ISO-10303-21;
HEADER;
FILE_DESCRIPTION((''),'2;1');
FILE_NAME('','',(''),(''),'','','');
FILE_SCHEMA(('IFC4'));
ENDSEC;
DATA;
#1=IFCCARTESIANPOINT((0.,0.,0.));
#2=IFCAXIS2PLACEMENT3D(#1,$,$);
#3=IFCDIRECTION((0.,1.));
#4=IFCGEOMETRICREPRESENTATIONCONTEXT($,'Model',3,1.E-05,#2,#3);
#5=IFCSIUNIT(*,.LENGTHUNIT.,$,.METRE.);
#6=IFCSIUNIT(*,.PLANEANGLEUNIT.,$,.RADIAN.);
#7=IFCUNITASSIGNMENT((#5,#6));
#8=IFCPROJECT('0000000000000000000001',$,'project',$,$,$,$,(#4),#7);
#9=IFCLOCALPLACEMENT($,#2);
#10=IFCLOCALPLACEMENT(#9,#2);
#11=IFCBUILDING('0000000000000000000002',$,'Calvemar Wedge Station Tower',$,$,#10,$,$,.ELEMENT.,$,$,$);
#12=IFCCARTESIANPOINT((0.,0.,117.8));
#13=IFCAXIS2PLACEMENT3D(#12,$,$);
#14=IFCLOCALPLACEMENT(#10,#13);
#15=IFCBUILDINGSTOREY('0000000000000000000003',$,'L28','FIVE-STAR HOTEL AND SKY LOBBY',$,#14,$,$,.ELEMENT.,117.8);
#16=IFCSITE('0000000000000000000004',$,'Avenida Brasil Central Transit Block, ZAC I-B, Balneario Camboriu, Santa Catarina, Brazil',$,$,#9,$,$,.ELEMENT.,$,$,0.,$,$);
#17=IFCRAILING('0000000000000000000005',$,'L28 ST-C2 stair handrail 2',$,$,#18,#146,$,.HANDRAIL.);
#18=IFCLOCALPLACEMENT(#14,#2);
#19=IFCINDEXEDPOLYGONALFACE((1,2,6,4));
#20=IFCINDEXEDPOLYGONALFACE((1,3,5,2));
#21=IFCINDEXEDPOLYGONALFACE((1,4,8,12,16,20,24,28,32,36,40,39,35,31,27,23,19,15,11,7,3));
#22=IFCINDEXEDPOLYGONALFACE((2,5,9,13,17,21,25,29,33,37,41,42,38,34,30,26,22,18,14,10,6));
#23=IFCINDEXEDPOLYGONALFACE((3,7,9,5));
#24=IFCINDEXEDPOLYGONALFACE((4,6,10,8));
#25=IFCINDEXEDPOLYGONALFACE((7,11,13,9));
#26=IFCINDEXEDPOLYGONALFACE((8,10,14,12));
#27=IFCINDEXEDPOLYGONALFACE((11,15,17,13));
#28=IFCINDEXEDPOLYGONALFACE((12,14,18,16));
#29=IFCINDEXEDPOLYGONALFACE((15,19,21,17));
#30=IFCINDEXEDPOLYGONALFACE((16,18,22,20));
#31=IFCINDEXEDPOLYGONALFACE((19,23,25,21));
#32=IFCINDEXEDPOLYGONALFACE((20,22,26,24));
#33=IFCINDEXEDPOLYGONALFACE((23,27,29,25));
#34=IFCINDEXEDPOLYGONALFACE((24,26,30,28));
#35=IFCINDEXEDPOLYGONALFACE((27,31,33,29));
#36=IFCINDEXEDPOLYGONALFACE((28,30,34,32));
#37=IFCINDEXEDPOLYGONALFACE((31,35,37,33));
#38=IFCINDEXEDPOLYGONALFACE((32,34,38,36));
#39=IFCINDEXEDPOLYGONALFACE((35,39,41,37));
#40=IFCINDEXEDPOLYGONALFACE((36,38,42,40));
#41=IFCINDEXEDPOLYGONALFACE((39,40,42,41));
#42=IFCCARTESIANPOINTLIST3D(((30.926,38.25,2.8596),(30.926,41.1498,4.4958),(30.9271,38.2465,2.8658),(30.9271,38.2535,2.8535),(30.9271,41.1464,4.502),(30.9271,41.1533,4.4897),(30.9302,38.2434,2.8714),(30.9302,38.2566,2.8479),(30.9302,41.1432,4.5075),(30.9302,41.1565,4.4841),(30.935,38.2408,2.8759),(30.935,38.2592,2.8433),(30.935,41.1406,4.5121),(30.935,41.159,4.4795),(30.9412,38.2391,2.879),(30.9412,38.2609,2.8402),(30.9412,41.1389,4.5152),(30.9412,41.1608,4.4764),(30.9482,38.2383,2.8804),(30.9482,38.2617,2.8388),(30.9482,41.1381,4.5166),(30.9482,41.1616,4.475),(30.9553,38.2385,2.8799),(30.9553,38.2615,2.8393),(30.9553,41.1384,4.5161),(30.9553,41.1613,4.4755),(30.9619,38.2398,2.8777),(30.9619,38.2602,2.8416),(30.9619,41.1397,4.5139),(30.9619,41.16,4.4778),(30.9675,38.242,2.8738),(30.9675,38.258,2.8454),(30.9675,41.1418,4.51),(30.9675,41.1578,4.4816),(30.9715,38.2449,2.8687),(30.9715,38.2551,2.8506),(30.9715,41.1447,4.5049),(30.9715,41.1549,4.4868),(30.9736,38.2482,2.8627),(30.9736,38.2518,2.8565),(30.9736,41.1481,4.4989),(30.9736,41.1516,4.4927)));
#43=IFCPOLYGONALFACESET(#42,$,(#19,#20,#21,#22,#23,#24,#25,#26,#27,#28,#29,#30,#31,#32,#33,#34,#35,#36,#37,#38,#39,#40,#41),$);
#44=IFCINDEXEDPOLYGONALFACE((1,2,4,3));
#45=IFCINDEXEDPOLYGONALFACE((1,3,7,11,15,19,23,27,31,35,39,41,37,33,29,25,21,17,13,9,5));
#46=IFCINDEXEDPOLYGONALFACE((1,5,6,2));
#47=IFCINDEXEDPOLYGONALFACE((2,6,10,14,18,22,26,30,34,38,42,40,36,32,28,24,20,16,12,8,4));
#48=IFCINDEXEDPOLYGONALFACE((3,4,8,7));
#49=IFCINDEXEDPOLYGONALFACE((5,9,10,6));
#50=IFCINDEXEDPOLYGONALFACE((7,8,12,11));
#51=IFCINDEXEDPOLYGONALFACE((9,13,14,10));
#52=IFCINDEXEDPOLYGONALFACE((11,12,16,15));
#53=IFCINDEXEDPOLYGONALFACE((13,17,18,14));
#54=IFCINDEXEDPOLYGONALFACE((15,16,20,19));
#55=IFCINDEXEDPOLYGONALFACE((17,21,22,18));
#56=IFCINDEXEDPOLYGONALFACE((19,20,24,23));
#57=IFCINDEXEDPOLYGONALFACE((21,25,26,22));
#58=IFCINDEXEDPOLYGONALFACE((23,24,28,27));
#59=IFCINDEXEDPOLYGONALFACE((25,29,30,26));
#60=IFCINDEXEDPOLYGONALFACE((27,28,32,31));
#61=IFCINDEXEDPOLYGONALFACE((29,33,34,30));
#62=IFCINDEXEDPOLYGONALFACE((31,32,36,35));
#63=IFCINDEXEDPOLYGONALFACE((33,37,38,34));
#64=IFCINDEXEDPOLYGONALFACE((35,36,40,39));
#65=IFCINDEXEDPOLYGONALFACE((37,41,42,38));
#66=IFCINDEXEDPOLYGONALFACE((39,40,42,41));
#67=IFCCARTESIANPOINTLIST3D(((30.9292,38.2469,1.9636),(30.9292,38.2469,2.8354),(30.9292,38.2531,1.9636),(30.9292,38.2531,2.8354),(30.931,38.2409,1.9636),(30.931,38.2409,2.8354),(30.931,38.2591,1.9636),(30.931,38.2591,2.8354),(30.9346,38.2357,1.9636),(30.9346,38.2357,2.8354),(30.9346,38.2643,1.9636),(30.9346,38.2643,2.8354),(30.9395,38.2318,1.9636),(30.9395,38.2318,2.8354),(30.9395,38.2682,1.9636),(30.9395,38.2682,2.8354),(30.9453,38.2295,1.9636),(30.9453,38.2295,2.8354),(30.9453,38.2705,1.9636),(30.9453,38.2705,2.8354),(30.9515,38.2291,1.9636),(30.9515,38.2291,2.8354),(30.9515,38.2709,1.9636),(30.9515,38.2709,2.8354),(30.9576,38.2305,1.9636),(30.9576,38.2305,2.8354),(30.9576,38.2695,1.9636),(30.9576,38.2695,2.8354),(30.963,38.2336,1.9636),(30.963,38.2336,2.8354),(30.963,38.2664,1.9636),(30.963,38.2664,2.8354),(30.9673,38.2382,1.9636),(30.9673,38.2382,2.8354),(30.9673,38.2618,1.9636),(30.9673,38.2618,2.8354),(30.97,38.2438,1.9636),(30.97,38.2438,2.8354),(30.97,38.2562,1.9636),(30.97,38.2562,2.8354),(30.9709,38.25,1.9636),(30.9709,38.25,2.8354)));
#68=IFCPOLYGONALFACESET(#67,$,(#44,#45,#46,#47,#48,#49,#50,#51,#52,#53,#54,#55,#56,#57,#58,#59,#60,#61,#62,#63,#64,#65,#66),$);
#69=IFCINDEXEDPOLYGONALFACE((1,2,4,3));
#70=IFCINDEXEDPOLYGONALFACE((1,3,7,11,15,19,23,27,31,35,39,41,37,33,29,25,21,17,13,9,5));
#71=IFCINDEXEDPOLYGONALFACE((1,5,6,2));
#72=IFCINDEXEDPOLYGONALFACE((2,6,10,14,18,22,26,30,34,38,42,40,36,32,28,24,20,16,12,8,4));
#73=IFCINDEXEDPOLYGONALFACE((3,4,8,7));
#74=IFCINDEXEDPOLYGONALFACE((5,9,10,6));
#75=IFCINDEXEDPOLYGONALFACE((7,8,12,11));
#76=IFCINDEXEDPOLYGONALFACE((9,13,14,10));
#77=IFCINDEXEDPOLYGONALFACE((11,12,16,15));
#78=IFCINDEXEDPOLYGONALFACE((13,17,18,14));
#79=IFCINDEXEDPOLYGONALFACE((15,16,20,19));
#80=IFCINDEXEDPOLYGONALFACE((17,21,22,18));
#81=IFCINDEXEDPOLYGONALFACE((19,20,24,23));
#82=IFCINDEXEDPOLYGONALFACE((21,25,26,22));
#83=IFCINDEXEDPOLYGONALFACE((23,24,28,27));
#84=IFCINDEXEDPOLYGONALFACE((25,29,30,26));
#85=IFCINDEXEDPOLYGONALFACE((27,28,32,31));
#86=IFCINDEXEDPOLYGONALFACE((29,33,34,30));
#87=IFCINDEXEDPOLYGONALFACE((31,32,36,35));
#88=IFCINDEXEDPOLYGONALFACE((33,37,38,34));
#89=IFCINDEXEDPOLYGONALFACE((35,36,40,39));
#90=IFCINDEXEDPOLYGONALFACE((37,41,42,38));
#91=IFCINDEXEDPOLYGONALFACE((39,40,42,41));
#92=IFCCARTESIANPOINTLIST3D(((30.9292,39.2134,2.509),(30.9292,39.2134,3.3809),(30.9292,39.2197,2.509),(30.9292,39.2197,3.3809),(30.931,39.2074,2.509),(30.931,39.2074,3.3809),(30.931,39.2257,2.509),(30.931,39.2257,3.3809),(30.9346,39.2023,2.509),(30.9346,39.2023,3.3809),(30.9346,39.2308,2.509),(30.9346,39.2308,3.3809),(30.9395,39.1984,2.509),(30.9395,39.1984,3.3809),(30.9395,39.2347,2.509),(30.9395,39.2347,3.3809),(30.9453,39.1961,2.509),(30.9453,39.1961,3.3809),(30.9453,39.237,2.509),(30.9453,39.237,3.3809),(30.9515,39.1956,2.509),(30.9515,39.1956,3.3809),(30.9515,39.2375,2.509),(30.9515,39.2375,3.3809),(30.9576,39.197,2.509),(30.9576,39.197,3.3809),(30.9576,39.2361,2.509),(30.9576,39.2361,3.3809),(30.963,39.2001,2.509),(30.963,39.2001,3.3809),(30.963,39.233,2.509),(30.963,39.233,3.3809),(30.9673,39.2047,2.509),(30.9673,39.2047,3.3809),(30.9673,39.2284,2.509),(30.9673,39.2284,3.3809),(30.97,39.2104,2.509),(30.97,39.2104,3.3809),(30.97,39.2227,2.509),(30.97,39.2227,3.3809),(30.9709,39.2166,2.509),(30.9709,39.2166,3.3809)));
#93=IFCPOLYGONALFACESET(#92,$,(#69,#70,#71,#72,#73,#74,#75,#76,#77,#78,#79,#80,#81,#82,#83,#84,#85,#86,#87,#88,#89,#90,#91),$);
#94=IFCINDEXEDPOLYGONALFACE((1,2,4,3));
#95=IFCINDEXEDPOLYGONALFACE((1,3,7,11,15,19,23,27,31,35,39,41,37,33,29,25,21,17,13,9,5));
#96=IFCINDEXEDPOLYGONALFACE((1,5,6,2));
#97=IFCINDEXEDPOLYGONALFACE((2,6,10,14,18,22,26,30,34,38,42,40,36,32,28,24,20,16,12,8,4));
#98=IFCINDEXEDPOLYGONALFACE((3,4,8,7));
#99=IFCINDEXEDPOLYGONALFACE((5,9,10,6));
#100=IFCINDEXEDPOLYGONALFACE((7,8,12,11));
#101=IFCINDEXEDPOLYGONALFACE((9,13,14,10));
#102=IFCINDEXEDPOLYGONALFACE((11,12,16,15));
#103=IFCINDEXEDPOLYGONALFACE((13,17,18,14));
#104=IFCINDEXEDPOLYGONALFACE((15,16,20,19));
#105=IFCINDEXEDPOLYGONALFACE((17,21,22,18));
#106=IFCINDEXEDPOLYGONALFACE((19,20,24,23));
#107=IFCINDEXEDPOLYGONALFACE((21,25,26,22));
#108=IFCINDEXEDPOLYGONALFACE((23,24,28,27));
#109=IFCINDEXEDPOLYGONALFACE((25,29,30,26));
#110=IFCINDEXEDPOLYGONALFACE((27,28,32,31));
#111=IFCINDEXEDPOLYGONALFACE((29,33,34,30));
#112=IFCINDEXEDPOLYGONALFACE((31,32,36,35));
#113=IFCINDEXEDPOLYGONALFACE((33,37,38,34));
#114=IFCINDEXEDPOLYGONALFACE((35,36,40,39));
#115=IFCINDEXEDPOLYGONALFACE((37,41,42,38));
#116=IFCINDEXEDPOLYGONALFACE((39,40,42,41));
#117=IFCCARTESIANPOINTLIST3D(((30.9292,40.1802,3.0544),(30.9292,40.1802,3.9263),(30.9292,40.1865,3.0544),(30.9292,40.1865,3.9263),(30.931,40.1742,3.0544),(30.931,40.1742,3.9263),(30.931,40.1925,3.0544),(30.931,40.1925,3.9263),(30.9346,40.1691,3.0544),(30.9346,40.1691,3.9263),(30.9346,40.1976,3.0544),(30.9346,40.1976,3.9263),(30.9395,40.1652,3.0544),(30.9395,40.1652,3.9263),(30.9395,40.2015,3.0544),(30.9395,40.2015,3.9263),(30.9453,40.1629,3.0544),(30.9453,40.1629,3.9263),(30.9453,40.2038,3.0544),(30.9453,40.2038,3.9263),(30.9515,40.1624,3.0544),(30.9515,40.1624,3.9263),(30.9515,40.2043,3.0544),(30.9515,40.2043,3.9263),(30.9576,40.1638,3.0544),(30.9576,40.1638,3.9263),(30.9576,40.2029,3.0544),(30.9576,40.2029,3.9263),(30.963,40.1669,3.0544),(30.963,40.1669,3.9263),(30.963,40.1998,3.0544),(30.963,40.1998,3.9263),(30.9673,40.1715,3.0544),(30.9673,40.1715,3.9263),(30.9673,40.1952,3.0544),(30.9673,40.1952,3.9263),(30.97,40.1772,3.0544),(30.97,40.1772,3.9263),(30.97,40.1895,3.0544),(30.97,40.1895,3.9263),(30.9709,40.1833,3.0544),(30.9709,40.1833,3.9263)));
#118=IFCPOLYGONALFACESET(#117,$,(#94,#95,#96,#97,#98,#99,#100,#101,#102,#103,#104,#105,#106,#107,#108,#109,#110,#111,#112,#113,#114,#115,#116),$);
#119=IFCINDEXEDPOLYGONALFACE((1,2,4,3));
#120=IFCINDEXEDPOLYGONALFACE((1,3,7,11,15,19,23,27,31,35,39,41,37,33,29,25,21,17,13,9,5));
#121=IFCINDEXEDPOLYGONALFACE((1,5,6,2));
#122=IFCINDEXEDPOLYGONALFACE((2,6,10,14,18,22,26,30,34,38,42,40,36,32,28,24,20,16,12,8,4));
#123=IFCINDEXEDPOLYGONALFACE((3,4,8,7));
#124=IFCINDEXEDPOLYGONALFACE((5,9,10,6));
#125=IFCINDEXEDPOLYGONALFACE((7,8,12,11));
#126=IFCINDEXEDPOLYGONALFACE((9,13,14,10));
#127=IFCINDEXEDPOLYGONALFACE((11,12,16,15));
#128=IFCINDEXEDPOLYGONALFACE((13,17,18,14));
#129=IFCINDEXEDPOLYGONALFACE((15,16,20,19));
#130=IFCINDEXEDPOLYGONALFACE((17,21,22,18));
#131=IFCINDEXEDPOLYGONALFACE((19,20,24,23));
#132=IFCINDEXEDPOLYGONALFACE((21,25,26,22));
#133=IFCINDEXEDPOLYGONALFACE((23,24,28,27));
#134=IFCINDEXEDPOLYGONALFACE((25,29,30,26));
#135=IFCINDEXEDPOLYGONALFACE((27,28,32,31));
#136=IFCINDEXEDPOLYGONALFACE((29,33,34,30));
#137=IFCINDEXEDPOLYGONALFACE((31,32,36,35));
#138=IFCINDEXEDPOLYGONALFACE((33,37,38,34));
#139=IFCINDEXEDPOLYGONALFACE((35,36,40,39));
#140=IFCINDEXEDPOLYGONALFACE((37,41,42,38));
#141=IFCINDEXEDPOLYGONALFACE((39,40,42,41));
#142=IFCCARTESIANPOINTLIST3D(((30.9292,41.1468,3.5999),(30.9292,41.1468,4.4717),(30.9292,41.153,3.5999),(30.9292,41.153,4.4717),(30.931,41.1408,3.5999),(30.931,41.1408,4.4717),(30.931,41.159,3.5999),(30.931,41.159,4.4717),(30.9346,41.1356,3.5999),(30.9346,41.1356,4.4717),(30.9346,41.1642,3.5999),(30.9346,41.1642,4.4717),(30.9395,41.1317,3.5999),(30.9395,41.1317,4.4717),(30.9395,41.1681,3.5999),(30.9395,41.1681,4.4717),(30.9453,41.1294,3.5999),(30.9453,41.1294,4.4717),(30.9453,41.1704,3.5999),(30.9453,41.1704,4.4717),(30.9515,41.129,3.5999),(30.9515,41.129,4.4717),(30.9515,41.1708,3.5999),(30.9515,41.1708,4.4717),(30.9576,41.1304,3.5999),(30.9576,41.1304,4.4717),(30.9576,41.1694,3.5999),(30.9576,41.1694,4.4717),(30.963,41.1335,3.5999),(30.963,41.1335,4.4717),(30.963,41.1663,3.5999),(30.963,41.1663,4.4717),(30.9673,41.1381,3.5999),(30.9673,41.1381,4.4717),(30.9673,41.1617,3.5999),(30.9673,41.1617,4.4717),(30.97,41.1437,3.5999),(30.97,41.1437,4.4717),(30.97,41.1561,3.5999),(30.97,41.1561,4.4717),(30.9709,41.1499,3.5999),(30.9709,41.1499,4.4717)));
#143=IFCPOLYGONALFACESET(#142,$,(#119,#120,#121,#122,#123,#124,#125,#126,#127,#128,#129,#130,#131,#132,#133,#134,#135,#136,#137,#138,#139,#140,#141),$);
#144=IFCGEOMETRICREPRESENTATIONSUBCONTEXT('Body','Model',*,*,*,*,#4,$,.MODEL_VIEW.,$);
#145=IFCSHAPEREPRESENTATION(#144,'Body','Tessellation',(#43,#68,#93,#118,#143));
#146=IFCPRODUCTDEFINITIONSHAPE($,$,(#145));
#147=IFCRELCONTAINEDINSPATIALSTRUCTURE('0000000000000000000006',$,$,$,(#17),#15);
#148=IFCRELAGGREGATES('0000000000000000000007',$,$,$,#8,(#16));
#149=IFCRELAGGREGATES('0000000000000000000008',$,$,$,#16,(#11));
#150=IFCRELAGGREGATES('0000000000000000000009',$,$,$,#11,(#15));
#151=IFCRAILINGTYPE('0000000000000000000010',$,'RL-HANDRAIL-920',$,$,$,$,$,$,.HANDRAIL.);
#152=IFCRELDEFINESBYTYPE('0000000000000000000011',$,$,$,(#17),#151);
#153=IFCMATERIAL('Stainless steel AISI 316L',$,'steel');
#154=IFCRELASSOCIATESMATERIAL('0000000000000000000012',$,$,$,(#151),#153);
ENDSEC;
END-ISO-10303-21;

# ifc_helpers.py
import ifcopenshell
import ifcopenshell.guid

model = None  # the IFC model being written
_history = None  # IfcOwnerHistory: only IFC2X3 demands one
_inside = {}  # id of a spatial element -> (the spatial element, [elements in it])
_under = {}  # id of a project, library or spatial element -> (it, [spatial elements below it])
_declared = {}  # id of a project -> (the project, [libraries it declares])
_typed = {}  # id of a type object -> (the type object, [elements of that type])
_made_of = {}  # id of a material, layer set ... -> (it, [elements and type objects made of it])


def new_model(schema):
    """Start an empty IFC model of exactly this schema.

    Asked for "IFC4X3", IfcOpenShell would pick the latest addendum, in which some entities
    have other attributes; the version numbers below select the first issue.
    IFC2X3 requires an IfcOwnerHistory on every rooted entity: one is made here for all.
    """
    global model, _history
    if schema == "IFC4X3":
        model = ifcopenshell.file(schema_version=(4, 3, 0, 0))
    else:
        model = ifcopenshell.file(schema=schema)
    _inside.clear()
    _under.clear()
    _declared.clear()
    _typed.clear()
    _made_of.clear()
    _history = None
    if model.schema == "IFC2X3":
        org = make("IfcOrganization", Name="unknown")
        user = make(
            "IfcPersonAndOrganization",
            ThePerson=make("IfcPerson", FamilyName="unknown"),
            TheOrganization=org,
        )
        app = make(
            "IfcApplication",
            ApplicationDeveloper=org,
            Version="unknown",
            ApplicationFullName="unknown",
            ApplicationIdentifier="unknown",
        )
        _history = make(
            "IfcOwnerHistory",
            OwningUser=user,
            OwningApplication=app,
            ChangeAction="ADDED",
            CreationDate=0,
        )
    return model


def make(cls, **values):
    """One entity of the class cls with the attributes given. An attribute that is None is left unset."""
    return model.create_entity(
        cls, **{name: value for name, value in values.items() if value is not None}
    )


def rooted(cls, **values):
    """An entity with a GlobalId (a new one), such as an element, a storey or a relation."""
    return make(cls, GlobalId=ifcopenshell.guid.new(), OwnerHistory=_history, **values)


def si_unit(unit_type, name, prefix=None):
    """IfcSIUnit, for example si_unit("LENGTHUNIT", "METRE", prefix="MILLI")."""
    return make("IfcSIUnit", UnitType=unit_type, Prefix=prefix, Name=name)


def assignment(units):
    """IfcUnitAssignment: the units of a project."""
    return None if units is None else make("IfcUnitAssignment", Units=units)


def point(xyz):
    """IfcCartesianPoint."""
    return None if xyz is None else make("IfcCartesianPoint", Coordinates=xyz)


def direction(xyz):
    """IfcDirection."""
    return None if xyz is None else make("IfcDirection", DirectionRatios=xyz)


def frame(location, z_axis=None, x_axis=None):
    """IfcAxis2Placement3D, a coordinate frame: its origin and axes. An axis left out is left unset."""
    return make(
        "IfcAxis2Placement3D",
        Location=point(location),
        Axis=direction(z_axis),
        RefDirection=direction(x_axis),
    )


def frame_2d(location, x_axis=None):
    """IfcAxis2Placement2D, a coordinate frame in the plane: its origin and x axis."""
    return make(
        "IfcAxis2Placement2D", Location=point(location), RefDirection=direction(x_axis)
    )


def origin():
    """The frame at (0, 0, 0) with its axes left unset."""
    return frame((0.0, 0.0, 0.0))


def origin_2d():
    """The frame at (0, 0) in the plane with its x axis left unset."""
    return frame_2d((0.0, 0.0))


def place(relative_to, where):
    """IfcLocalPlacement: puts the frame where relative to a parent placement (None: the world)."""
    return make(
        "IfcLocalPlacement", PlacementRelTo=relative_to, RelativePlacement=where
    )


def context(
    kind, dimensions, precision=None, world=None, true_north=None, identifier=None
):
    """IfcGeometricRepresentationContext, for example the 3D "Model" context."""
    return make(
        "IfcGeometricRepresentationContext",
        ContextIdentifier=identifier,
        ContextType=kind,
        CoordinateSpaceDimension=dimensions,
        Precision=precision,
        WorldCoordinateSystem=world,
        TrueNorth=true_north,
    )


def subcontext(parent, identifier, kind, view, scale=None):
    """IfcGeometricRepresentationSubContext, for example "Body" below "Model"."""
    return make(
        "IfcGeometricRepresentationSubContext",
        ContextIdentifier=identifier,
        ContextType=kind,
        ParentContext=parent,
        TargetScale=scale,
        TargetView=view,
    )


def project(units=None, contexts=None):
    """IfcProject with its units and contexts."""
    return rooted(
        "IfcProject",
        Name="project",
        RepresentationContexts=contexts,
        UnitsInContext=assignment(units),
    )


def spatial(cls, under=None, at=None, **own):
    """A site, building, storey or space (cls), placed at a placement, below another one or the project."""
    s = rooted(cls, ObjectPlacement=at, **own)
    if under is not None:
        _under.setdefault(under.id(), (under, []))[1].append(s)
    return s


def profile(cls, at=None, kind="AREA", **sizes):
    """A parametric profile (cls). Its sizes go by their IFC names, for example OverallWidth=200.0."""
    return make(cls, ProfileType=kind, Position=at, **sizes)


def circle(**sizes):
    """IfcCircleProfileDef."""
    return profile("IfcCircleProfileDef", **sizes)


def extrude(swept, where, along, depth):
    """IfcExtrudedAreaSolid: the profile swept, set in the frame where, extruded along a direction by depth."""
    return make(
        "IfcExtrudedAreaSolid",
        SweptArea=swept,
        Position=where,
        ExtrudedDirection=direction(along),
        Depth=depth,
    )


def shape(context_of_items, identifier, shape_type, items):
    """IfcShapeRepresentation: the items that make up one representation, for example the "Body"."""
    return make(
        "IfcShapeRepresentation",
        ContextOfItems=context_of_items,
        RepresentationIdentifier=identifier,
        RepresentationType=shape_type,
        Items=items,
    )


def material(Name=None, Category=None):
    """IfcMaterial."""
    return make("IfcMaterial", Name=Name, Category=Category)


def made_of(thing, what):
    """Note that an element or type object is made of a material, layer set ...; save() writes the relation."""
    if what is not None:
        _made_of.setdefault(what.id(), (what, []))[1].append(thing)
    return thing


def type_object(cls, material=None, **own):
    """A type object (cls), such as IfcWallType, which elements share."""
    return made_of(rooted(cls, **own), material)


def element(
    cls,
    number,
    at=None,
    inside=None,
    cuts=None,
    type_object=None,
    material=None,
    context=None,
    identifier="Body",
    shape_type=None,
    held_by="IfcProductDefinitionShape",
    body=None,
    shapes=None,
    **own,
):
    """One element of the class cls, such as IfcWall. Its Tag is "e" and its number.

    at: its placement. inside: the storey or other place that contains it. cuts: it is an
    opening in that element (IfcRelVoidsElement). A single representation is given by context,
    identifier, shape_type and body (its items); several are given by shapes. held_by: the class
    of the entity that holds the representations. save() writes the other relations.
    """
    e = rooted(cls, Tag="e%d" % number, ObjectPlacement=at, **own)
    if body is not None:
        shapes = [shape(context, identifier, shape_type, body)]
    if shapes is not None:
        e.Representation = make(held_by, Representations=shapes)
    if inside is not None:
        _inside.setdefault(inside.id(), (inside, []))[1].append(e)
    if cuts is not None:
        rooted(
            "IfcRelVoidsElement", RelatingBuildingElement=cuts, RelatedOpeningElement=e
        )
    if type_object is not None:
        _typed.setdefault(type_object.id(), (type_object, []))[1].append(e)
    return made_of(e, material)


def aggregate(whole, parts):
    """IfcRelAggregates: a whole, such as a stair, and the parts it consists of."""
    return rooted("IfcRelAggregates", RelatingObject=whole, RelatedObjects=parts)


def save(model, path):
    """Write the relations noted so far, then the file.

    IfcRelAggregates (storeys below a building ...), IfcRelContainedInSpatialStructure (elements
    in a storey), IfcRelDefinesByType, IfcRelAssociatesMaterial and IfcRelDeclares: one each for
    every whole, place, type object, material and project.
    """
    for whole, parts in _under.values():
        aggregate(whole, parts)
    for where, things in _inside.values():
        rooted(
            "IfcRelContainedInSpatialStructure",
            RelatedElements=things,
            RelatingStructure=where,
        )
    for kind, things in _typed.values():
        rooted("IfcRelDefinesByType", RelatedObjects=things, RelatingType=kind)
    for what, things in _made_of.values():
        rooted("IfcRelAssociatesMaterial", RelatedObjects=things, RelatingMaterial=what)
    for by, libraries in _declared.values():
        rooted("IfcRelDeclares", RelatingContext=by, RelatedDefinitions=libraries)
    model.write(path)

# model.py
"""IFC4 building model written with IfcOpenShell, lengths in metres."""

from ifc_helpers import new_model, si_unit, direction, frame, origin, origin_2d, place, context, subcontext, project, spatial, circle, extrude, material, type_object, element, save


model = new_model("IFC4")

# Units and contexts
model_context = context("Model", 3, precision=1e-05, world=origin(), true_north=direction((0.0, 1.0)))
body_context = subcontext(model_context, "Body", "Model", "MODEL_VIEW")
ifc_project = project(units=[si_unit("LENGTHUNIT", "METRE"), si_unit("PLANEANGLEUNIT", "RADIAN")], contexts=[model_context])

# Site, building, storey
site_placement = place(None, origin())
site = spatial("IfcSite", under=ifc_project, at=site_placement, Name="Avenida Brasil Central Transit Block, ZAC I-B, Balneario Camboriu, Santa Catarina, Brazil", CompositionType="ELEMENT", RefElevation=0.0)
building_placement = place(site_placement, origin())
building = spatial("IfcBuilding", under=site, at=building_placement, Name="Calvemar Wedge Station Tower", CompositionType="ELEMENT")
storey_placement = place(building_placement, frame((0.0, 0.0, 117.8)))
storey = spatial("IfcBuildingStorey", under=building, at=storey_placement, Name="L28", Description="FIVE-STAR HOTEL AND SKY LOBBY", CompositionType="ELEMENT", Elevation=117.8)

# Railing
ifc_material_1 = material(Name="Stainless steel AISI 316L", Category="steel")
railing_type_1 = type_object("IfcRailingType", Name="RL-HANDRAIL-920", PredefinedType="HANDRAIL", material=ifc_material_1)
railing_1_placement = place(storey_placement, frame((30.95, 38.25, 1.9636)))
element("IfcRailing", 1, at=railing_1_placement, inside=storey, type_object=railing_type_1, Name="L28 ST-C2 stair handrail 2", PredefinedType="HANDRAIL", context=body_context, shape_type="SweptSolid", body=[
    extrude(circle(Radius=0.0239, at=origin_2d()), frame((0.0, 0.0, 0.896), z_axis=(0.0, 0.870929, 0.49141), x_axis=(-1.0, 0.0, 0.0)), (0.0, 0.0, 1.0), 3.3296),
    extrude(circle(Radius=0.021, at=origin_2d()), origin(), (0.0, 0.0, 1.0), 0.8718),
    extrude(circle(Radius=0.021, at=origin_2d()), frame((0.0, 0.9666, 0.5454)), (0.0, 0.0, 1.0), 0.8718),
    extrude(circle(Radius=0.021, at=origin_2d()), frame((0.0, 1.9333, 1.0908)), (0.0, 0.0, 1.0), 0.8718),
    extrude(circle(Radius=0.021, at=origin_2d()), frame((0.0, 2.8999, 1.6362)), (0.0, 0.0, 1.0), 0.8718),
])

save(model, "model.ifc")
